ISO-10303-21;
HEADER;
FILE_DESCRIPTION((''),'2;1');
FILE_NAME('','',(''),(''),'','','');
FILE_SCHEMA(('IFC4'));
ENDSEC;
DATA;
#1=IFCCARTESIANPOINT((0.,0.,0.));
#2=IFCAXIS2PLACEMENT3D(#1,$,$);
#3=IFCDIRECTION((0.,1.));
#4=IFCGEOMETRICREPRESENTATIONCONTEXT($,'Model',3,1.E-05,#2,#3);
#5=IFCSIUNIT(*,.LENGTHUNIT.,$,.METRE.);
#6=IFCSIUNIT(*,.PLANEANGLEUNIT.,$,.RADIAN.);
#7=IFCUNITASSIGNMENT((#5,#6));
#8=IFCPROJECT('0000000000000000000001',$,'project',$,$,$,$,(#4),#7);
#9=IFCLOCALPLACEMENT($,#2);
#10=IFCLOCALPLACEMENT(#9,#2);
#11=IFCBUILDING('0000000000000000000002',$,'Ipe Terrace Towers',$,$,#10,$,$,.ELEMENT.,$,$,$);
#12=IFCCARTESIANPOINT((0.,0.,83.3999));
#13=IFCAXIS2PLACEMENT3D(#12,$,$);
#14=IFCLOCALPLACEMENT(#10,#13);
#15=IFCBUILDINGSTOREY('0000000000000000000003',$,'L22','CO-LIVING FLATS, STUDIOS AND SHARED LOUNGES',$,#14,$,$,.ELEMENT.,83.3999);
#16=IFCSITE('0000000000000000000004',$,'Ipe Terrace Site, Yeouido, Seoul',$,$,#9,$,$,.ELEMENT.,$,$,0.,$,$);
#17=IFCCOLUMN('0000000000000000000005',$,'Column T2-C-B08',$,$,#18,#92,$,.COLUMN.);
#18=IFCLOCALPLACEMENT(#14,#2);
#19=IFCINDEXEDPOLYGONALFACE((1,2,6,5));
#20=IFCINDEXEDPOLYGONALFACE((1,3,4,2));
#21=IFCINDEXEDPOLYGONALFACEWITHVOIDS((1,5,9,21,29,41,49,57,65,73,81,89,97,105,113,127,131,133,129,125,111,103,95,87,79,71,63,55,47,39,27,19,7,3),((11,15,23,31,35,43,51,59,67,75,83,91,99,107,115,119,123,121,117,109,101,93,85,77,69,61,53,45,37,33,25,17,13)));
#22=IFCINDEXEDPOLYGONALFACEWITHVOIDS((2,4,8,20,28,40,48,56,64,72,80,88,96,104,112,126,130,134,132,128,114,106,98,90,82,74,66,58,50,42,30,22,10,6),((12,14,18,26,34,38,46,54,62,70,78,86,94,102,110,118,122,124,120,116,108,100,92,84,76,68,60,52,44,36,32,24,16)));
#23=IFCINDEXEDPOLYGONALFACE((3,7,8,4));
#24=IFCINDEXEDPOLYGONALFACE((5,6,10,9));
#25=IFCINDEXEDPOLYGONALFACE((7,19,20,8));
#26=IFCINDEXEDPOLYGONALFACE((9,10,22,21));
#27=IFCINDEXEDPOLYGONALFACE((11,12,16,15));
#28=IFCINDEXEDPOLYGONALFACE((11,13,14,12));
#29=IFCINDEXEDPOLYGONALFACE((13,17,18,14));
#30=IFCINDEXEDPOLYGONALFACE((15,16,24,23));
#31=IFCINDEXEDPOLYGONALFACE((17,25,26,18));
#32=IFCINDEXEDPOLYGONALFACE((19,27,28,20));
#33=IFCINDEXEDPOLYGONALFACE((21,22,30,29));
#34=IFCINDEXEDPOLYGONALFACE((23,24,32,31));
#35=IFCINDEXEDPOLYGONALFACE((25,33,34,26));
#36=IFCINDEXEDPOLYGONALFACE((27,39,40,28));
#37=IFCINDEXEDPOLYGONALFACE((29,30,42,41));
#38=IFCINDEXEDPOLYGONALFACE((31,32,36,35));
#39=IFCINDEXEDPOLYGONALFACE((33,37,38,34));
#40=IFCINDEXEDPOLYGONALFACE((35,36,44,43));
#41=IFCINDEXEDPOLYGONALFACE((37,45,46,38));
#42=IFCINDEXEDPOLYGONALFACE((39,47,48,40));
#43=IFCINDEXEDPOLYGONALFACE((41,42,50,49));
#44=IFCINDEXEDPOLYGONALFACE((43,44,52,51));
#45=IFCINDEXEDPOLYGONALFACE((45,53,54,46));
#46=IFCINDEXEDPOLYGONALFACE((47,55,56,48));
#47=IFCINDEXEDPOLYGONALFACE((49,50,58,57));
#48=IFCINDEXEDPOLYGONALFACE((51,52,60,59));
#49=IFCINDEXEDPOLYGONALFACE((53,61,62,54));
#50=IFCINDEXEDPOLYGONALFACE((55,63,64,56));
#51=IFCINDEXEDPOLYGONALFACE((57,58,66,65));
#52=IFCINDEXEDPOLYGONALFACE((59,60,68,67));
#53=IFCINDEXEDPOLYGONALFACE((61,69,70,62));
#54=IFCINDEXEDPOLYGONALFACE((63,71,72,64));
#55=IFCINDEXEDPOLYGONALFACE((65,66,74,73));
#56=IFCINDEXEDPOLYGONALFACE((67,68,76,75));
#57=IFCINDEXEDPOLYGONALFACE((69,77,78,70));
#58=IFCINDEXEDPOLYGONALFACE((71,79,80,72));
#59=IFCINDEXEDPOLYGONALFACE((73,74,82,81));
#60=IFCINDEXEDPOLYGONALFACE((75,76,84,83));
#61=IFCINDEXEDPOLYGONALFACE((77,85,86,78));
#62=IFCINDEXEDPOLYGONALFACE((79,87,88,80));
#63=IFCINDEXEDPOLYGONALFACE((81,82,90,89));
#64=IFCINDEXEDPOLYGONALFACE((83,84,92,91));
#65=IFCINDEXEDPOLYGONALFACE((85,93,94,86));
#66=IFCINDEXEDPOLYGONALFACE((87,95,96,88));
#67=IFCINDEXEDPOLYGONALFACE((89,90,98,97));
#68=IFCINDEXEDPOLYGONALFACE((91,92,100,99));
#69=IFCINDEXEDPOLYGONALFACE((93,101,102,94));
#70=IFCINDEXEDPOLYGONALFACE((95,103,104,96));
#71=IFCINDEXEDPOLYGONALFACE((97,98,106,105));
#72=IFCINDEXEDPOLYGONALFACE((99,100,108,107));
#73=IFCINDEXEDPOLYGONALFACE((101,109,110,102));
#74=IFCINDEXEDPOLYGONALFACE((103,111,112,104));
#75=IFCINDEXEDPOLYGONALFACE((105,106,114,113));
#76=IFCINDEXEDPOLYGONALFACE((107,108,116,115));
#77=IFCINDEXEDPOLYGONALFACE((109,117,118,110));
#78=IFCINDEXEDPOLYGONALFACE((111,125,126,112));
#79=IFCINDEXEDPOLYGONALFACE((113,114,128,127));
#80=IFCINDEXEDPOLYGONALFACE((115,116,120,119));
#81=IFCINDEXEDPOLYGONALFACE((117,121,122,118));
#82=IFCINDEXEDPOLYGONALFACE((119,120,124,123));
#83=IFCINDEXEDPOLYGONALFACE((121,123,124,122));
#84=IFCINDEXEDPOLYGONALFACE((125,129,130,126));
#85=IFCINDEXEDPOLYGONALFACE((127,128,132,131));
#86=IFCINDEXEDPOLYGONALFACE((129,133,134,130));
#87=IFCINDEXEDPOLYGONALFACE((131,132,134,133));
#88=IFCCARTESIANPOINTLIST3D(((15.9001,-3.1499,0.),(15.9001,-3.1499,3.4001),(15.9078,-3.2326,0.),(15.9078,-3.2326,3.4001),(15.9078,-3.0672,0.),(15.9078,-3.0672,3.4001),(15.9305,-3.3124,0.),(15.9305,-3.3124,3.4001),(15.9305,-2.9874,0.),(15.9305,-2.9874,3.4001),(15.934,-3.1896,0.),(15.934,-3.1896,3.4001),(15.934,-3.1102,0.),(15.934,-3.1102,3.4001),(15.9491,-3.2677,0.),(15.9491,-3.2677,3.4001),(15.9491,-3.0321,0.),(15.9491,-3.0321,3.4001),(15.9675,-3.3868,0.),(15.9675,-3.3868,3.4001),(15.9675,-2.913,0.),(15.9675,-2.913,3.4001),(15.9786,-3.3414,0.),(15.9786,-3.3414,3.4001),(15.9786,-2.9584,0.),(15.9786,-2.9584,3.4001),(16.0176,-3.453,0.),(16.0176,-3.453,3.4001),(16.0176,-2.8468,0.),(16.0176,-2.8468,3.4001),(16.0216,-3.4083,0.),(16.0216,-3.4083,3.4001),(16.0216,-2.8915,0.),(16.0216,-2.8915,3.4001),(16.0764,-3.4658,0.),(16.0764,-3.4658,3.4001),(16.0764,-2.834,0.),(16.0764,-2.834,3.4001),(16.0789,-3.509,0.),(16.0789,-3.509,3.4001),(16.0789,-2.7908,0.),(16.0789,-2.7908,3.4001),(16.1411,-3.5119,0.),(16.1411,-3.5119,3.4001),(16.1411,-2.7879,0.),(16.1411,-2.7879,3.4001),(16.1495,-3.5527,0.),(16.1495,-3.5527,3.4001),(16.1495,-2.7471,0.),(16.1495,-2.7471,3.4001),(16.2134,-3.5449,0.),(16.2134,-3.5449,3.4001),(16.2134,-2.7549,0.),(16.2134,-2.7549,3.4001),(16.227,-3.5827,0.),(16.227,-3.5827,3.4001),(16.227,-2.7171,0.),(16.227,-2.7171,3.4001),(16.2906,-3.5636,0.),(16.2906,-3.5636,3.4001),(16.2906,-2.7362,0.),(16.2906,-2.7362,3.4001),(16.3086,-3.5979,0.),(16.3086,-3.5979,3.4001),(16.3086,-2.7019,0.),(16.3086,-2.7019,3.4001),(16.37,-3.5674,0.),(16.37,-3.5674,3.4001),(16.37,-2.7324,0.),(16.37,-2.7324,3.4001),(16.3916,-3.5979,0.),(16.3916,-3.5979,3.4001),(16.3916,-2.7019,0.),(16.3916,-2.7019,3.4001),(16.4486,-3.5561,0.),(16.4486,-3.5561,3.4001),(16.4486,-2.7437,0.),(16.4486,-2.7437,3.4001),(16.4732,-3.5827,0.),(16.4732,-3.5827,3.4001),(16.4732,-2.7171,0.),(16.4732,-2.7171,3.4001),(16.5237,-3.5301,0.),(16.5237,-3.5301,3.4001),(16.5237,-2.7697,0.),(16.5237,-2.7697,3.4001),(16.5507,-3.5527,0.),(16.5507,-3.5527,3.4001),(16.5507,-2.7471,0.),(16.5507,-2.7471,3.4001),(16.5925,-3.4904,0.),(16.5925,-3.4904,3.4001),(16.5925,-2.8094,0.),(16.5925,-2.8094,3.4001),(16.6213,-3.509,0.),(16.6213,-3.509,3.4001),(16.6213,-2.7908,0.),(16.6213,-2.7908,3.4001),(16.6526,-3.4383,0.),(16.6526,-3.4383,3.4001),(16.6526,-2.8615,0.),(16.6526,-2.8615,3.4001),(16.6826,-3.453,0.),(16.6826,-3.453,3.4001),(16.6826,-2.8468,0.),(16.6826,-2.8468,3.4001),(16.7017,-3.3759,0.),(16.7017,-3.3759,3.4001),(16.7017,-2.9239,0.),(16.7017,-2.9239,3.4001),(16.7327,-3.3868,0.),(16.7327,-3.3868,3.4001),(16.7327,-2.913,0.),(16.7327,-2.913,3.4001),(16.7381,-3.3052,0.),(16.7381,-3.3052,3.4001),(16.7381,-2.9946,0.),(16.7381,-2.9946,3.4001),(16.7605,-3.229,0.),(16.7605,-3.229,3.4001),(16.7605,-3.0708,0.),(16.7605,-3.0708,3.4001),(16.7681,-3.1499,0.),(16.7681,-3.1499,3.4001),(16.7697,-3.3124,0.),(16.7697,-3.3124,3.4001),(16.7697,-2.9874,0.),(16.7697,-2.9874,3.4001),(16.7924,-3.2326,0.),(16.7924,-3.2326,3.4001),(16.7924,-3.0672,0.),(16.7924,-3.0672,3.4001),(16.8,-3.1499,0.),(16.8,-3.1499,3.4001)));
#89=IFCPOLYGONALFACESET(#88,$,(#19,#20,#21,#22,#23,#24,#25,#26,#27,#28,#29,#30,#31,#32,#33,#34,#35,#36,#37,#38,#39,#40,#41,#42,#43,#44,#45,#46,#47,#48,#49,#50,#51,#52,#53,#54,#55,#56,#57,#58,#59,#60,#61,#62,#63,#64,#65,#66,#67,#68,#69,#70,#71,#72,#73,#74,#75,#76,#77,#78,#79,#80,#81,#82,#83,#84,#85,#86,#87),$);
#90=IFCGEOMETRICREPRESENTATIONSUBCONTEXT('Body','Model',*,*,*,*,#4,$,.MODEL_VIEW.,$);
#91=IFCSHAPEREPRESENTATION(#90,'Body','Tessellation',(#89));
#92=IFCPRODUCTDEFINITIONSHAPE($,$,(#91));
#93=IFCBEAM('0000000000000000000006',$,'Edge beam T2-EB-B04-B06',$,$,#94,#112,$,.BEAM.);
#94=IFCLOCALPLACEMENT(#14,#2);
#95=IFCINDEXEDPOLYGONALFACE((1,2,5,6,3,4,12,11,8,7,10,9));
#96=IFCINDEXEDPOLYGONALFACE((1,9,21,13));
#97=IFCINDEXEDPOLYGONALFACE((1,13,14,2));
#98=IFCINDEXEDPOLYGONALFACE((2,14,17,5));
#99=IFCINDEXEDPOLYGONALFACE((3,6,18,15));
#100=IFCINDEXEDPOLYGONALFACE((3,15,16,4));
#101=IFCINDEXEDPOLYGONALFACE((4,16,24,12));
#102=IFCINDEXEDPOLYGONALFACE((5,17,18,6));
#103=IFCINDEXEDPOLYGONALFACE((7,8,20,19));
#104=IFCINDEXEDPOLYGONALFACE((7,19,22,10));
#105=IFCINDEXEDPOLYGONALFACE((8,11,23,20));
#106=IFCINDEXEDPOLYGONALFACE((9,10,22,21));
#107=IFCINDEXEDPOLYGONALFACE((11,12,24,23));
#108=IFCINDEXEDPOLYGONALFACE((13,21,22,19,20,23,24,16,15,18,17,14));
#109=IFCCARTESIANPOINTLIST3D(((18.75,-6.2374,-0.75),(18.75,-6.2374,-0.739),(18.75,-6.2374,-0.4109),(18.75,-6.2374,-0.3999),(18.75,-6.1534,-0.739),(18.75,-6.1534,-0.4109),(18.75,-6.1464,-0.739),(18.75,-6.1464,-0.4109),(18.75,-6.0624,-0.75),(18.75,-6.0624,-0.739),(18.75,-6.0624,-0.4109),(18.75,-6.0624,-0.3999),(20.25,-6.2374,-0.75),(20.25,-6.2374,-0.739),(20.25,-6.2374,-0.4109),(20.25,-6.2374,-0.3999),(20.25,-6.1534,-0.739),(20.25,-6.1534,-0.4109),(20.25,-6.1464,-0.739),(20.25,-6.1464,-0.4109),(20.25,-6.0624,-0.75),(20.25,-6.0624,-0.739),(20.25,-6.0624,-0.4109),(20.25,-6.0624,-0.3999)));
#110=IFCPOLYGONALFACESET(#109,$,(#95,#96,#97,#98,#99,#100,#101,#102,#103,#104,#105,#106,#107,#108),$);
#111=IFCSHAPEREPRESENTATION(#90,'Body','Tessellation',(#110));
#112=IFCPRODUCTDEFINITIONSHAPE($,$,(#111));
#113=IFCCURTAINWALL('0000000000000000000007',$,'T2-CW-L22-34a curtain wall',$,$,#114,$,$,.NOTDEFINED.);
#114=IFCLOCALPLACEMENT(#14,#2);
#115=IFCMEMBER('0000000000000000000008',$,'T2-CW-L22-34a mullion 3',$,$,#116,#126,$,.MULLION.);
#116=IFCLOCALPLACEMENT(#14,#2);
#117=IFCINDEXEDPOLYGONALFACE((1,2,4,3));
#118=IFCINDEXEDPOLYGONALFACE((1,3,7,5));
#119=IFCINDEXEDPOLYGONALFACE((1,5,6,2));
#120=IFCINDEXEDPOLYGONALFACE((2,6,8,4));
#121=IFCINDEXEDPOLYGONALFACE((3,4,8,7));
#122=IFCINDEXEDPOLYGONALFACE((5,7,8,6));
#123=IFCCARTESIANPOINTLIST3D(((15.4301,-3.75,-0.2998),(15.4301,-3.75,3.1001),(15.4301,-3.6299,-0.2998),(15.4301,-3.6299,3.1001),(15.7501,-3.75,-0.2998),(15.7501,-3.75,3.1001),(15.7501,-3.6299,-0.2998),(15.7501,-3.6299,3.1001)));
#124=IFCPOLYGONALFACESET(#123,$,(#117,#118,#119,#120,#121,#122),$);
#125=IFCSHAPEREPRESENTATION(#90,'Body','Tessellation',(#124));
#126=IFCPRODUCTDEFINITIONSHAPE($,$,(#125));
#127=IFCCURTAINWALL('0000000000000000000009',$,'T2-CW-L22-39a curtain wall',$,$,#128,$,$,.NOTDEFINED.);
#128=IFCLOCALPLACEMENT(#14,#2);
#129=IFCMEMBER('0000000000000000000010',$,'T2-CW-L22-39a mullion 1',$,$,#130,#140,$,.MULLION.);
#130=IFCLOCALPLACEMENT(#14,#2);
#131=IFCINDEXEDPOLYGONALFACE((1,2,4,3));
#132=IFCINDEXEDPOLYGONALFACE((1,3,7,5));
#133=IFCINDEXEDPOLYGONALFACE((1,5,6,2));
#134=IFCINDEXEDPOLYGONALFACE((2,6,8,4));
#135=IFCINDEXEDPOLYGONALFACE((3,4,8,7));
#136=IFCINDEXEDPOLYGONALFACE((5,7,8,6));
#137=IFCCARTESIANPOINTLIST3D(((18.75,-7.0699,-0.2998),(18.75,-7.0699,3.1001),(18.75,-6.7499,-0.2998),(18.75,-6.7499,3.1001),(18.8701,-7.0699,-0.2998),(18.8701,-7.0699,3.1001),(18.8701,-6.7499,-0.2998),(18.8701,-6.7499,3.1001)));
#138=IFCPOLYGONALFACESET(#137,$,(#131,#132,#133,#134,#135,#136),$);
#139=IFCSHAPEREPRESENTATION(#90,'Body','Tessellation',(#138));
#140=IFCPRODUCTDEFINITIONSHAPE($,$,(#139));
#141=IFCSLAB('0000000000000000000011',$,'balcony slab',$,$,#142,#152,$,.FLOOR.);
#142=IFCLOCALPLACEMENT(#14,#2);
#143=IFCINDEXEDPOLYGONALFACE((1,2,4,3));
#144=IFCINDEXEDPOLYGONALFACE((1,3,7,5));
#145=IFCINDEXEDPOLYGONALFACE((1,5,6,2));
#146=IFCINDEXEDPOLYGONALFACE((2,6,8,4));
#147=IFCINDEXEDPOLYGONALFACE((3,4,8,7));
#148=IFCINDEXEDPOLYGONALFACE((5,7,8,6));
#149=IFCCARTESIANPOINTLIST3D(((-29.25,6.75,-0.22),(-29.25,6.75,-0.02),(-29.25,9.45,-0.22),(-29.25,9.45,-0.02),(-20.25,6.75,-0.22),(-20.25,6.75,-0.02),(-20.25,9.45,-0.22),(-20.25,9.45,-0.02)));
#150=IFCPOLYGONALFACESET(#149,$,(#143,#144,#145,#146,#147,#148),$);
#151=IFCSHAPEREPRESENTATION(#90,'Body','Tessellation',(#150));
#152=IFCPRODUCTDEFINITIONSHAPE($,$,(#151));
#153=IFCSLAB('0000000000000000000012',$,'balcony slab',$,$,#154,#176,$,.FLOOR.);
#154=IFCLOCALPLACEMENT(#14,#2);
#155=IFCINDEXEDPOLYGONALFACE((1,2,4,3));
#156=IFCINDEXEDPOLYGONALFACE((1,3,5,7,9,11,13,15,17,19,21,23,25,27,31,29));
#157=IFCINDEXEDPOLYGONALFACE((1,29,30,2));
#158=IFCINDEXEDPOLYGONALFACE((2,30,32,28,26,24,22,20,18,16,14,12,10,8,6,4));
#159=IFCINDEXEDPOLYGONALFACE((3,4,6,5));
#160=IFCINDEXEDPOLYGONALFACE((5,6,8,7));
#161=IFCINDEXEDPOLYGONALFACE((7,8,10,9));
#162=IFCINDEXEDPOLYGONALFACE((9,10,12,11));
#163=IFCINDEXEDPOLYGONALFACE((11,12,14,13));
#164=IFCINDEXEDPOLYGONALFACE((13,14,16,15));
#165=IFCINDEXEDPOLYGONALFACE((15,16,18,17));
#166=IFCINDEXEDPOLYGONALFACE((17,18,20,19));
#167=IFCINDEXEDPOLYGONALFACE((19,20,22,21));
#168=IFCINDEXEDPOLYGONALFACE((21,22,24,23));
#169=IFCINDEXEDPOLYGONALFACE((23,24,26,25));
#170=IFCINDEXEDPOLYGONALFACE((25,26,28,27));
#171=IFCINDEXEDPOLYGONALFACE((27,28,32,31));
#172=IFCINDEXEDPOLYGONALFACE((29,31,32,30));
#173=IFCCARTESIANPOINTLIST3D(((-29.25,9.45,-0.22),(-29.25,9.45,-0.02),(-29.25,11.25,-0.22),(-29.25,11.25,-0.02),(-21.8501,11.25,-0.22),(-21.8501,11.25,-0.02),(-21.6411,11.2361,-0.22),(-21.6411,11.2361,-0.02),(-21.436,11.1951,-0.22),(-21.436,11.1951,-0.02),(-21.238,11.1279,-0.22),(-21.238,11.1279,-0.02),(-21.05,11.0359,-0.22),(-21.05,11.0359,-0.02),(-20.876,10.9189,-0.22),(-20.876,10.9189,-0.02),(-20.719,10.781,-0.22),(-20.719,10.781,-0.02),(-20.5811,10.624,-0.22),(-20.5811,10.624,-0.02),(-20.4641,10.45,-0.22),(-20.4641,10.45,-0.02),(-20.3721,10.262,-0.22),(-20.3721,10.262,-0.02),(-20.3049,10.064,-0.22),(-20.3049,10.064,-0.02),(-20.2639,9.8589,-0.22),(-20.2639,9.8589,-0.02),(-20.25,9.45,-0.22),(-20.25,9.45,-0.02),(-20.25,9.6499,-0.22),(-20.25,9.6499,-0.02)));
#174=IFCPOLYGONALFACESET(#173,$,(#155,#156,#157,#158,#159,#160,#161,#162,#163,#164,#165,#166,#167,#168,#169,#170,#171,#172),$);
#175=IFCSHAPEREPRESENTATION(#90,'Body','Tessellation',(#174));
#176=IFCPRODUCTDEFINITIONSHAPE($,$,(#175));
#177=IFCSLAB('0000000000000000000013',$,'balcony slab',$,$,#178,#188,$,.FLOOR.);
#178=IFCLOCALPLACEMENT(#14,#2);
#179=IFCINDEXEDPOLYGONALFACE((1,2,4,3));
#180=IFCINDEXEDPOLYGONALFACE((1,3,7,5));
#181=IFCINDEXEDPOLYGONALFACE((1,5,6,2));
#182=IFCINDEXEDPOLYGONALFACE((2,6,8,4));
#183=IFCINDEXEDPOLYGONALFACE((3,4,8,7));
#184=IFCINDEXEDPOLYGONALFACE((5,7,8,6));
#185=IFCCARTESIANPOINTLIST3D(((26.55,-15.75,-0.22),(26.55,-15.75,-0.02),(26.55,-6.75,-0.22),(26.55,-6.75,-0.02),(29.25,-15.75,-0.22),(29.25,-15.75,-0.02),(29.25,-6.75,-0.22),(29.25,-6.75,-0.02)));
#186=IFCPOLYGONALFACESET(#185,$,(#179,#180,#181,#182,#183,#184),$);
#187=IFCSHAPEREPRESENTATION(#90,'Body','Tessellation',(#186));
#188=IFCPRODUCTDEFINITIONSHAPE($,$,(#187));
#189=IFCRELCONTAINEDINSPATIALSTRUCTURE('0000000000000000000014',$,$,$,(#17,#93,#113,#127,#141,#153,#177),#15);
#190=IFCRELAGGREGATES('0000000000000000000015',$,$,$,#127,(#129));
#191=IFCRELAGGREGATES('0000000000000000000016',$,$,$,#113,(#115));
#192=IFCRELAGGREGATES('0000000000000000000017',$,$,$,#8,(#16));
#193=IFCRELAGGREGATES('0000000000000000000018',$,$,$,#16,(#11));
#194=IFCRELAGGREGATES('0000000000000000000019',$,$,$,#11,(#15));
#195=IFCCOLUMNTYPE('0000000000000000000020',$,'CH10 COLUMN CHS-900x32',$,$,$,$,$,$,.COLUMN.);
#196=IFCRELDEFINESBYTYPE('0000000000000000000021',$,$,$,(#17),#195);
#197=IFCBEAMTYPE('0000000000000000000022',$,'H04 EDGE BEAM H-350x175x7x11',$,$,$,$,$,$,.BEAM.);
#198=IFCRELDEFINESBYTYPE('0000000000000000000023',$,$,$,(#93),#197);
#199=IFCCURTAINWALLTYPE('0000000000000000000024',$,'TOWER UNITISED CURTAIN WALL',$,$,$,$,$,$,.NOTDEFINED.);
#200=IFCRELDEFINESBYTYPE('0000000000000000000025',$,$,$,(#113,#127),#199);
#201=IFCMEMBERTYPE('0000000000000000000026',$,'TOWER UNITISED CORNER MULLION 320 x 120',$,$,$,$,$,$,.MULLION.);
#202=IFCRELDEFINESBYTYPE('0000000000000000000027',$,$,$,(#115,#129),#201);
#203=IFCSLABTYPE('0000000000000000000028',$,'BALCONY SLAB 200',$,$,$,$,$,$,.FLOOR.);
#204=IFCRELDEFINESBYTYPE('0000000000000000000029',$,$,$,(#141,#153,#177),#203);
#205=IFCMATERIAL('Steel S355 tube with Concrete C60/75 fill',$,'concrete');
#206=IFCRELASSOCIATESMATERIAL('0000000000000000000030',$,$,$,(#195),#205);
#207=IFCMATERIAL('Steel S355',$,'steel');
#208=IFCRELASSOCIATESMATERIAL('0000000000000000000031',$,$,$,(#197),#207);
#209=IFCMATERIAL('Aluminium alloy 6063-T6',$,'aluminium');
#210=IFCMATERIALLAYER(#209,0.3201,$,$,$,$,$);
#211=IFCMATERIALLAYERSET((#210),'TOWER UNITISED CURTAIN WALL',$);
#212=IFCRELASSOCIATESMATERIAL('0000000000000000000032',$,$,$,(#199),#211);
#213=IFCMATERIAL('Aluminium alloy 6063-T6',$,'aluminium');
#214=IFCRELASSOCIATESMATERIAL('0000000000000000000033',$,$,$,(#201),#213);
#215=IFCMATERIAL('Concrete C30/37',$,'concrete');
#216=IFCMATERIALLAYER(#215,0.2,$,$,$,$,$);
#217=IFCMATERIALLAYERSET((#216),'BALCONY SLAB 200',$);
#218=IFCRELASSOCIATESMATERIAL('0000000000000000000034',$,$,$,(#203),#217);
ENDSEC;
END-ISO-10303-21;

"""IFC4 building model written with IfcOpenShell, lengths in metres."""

from ifc_helpers import new_model, si_unit, direction, frame, origin, origin_2d, place, context, subcontext, project, spatial, polyline, rectangle, hollow_circle, i_section, outline, extrude, material, layer, layer_set, material_profile, profile_set, type_object, element, aggregate, save


model = new_model("IFC4")

# Units and contexts
model_context = context("Model", 3, precision=1e-05, world=origin(), true_north=direction((0.0, 1.0)))
body_context = subcontext(model_context, "Body", "Model", "MODEL_VIEW")
ifc_project = project(units=[si_unit("LENGTHUNIT", "METRE"), si_unit("PLANEANGLEUNIT", "RADIAN")], contexts=[model_context])

# Site, building, storey
site_placement = place(None, origin())
site = spatial("IfcSite", under=ifc_project, at=site_placement, Name="Ipe Terrace Site, Yeouido, Seoul", CompositionType="ELEMENT", RefElevation=0.0)
building_placement = place(site_placement, origin())
building = spatial("IfcBuilding", under=site, at=building_placement, Name="Ipe Terrace Towers", CompositionType="ELEMENT")
storey_placement = place(building_placement, frame((0.0, 0.0, 83.3999)))
storey = spatial("IfcBuildingStorey", under=building, at=storey_placement, Name="L22", Description="CO-LIVING FLATS, STUDIOS AND SHARED LOUNGES", CompositionType="ELEMENT", Elevation=83.3999)

# Column
ifc_material_1 = material(Name="Steel S355 tube with Concrete C60/75 fill", Category="concrete")
ifc_material_profile_1 = material_profile(ifc_material_1, hollow_circle(Radius=0.45, WallThickness=0.032, at=origin_2d()), Name="CHS-900x32")
ifc_profile_set_1 = profile_set([ifc_material_profile_1], Name="Steel S355 tube with Concrete C60/75 fill")
column_type = type_object("IfcColumnType", Name="CH10 COLUMN CHS-900x32", PredefinedType="COLUMN", material=ifc_profile_set_1)
for number, where, z_axis, x_axis, name in (
    (1, (16.3501, -3.1499, 0.0), (0.0, 0.0, 1.0), (1.0, 0.0, 0.0), "Column T2-C-B08"),
):
    element("IfcColumn", number, at=place(storey_placement, frame(where, z_axis=z_axis, x_axis=x_axis)), inside=storey, type_object=column_type, Name=name, PredefinedType="COLUMN", context=body_context, shape_type="SweptSolid", body=[
        extrude(hollow_circle(Radius=0.45, WallThickness=0.032, at=origin_2d()), origin(), (0.0, 0.0, 1.0), 3.4001),
    ])

# Beam
ifc_material_2 = material(Name="Steel S355", Category="steel")
ifc_material_profile_2 = material_profile(ifc_material_2, i_section(OverallWidth=0.175, OverallDepth=0.3501, WebThickness=0.0071, FlangeThickness=0.011, at=origin_2d()), Name="H-350x175x7x11")
ifc_profile_set_2 = profile_set([ifc_material_profile_2], Name="Steel S355")
beam_type = type_object("IfcBeamType", Name="H04 EDGE BEAM H-350x175x7x11", PredefinedType="BEAM", material=ifc_profile_set_2)
beam_placement = place(storey_placement, frame((20.25, -6.1499, -0.575), z_axis=(-1.0, 0.0, 0.0), x_axis=(0.0, -1.0, 0.0)))
element("IfcBeam", 2, at=beam_placement, inside=storey, type_object=beam_type, Name="Edge beam T2-EB-B04-B06", PredefinedType="BEAM", context=body_context, shape_type="SweptSolid", body=[
    extrude(i_section(OverallWidth=0.175, OverallDepth=0.3501, WebThickness=0.0071, FlangeThickness=0.011, at=origin_2d()), origin(), (0.0, 0.0, 1.0), 1.5),
])

# Curtain walls, members
ifc_material_3 = material(Name="Aluminium alloy 6063-T6", Category="aluminium")
ifc_layer_1 = layer(ifc_material_3, 0.3201)
ifc_layer_set_1 = layer_set([ifc_layer_1], Name="TOWER UNITISED CURTAIN WALL")
curtain_wall_type = type_object("IfcCurtainWallType", Name="TOWER UNITISED CURTAIN WALL", PredefinedType="NOTDEFINED", material=ifc_layer_set_1)
curtain_wall_1_placement = place(storey_placement, origin())
curtain_wall_1 = element("IfcCurtainWall", 3, at=curtain_wall_1_placement, inside=storey, type_object=curtain_wall_type, Name="T2-CW-L22-34a curtain wall", PredefinedType="NOTDEFINED")
ifc_material_4 = material(Name="Aluminium alloy 6063-T6", Category="aluminium")
ifc_material_profile_3 = material_profile(ifc_material_4, rectangle(XDim=0.3201, YDim=0.1201, at=origin_2d()), Name="TOWER UNITISED CORNER MULLION 320 x 120")
ifc_profile_set_3 = profile_set([ifc_material_profile_3], Name="Aluminium alloy 6063-T6")
member_type = type_object("IfcMemberType", Name="TOWER UNITISED CORNER MULLION 320 x 120", PredefinedType="MULLION", material=ifc_profile_set_3)
member_1_placement = place(storey_placement, frame((15.5901, -3.6899, -0.2998), z_axis=(0.0, 0.0, 1.0), x_axis=(-1.0, 0.0, 0.0)))
member_1 = element("IfcMember", 4, at=member_1_placement, type_object=member_type, Name="T2-CW-L22-34a mullion 3", PredefinedType="MULLION", context=body_context, shape_type="SweptSolid", body=[
    extrude(rectangle(XDim=0.3201, YDim=0.1201, at=origin_2d()), origin(), (0.0, 0.0, 1.0), 3.3999),
])
curtain_wall_2_placement = place(storey_placement, origin())
curtain_wall_2 = element("IfcCurtainWall", 5, at=curtain_wall_2_placement, inside=storey, type_object=curtain_wall_type, Name="T2-CW-L22-39a curtain wall", PredefinedType="NOTDEFINED")
member_2_placement = place(storey_placement, frame((18.8101, -6.9099, -0.2998), z_axis=(0.0, 0.0, 1.0), x_axis=(0.0, -1.0, 0.0)))
member_2 = element("IfcMember", 6, at=member_2_placement, type_object=member_type, Name="T2-CW-L22-39a mullion 1", PredefinedType="MULLION", context=body_context, shape_type="SweptSolid", body=[
    extrude(rectangle(XDim=0.3201, YDim=0.1201, at=origin_2d()), origin(), (0.0, 0.0, 1.0), 3.3999),
])
aggregate(curtain_wall_2, [member_2])

# Slabs
ifc_material_5 = material(Name="Concrete C30/37", Category="concrete")
ifc_layer_2 = layer(ifc_material_5, 0.2)
ifc_layer_set_2 = layer_set([ifc_layer_2], Name="BALCONY SLAB 200")
slab_type_1 = type_object("IfcSlabType", Name="BALCONY SLAB 200", PredefinedType="FLOOR", material=ifc_layer_set_2)
slab_1_placement = place(storey_placement, frame((0.0, 0.0, -0.22)))
element("IfcSlab", 7, at=slab_1_placement, inside=storey, type_object=slab_type_1, Name="balcony slab", PredefinedType="FLOOR", context=body_context, shape_type="SweptSolid", body=[
    extrude(outline(polyline([(-20.25, 6.75), (-20.25, 9.45), (-29.25, 9.45), (-29.25, 6.75), (-20.25, 6.75)])), origin(), (0.0, 0.0, 1.0), 0.2),
])
slab_2_placement = place(storey_placement, frame((0.0, 0.0, -0.22)))
element("IfcSlab", 8, at=slab_2_placement, inside=storey, type_object=slab_type_1, Name="balcony slab", PredefinedType="FLOOR", context=body_context, shape_type="SweptSolid", body=[
    extrude(outline(polyline([(-29.25, 11.25), (-29.25, 9.45), (-20.25, 9.45), (-20.25, 9.6499), (-20.2639, 9.8589), (-20.3049, 10.064), (-20.3721, 10.262), (-20.4641, 10.45), (-20.5811, 10.624), (-20.719, 10.781), (-20.876, 10.9189), (-21.05, 11.0359), (-21.238, 11.1279), (-21.436, 11.1951), (-21.6411, 11.2361), (-21.8501, 11.25), (-29.25, 11.25)])), origin(), (0.0, 0.0, 1.0), 0.2),
])
slab_3_placement = place(storey_placement, frame((0.0, 0.0, -0.22)))
element("IfcSlab", 9, at=slab_3_placement, inside=storey, type_object=slab_type_1, Name="balcony slab", PredefinedType="FLOOR", context=body_context, shape_type="SweptSolid", body=[
    extrude(outline(polyline([(29.25, -15.75), (29.25, -6.75), (26.55, -6.75), (26.55, -15.75), (29.25, -15.75)])), origin(), (0.0, 0.0, 1.0), 0.2),
])

aggregate(curtain_wall_1, [member_1])

save(model, "model.ifc")
